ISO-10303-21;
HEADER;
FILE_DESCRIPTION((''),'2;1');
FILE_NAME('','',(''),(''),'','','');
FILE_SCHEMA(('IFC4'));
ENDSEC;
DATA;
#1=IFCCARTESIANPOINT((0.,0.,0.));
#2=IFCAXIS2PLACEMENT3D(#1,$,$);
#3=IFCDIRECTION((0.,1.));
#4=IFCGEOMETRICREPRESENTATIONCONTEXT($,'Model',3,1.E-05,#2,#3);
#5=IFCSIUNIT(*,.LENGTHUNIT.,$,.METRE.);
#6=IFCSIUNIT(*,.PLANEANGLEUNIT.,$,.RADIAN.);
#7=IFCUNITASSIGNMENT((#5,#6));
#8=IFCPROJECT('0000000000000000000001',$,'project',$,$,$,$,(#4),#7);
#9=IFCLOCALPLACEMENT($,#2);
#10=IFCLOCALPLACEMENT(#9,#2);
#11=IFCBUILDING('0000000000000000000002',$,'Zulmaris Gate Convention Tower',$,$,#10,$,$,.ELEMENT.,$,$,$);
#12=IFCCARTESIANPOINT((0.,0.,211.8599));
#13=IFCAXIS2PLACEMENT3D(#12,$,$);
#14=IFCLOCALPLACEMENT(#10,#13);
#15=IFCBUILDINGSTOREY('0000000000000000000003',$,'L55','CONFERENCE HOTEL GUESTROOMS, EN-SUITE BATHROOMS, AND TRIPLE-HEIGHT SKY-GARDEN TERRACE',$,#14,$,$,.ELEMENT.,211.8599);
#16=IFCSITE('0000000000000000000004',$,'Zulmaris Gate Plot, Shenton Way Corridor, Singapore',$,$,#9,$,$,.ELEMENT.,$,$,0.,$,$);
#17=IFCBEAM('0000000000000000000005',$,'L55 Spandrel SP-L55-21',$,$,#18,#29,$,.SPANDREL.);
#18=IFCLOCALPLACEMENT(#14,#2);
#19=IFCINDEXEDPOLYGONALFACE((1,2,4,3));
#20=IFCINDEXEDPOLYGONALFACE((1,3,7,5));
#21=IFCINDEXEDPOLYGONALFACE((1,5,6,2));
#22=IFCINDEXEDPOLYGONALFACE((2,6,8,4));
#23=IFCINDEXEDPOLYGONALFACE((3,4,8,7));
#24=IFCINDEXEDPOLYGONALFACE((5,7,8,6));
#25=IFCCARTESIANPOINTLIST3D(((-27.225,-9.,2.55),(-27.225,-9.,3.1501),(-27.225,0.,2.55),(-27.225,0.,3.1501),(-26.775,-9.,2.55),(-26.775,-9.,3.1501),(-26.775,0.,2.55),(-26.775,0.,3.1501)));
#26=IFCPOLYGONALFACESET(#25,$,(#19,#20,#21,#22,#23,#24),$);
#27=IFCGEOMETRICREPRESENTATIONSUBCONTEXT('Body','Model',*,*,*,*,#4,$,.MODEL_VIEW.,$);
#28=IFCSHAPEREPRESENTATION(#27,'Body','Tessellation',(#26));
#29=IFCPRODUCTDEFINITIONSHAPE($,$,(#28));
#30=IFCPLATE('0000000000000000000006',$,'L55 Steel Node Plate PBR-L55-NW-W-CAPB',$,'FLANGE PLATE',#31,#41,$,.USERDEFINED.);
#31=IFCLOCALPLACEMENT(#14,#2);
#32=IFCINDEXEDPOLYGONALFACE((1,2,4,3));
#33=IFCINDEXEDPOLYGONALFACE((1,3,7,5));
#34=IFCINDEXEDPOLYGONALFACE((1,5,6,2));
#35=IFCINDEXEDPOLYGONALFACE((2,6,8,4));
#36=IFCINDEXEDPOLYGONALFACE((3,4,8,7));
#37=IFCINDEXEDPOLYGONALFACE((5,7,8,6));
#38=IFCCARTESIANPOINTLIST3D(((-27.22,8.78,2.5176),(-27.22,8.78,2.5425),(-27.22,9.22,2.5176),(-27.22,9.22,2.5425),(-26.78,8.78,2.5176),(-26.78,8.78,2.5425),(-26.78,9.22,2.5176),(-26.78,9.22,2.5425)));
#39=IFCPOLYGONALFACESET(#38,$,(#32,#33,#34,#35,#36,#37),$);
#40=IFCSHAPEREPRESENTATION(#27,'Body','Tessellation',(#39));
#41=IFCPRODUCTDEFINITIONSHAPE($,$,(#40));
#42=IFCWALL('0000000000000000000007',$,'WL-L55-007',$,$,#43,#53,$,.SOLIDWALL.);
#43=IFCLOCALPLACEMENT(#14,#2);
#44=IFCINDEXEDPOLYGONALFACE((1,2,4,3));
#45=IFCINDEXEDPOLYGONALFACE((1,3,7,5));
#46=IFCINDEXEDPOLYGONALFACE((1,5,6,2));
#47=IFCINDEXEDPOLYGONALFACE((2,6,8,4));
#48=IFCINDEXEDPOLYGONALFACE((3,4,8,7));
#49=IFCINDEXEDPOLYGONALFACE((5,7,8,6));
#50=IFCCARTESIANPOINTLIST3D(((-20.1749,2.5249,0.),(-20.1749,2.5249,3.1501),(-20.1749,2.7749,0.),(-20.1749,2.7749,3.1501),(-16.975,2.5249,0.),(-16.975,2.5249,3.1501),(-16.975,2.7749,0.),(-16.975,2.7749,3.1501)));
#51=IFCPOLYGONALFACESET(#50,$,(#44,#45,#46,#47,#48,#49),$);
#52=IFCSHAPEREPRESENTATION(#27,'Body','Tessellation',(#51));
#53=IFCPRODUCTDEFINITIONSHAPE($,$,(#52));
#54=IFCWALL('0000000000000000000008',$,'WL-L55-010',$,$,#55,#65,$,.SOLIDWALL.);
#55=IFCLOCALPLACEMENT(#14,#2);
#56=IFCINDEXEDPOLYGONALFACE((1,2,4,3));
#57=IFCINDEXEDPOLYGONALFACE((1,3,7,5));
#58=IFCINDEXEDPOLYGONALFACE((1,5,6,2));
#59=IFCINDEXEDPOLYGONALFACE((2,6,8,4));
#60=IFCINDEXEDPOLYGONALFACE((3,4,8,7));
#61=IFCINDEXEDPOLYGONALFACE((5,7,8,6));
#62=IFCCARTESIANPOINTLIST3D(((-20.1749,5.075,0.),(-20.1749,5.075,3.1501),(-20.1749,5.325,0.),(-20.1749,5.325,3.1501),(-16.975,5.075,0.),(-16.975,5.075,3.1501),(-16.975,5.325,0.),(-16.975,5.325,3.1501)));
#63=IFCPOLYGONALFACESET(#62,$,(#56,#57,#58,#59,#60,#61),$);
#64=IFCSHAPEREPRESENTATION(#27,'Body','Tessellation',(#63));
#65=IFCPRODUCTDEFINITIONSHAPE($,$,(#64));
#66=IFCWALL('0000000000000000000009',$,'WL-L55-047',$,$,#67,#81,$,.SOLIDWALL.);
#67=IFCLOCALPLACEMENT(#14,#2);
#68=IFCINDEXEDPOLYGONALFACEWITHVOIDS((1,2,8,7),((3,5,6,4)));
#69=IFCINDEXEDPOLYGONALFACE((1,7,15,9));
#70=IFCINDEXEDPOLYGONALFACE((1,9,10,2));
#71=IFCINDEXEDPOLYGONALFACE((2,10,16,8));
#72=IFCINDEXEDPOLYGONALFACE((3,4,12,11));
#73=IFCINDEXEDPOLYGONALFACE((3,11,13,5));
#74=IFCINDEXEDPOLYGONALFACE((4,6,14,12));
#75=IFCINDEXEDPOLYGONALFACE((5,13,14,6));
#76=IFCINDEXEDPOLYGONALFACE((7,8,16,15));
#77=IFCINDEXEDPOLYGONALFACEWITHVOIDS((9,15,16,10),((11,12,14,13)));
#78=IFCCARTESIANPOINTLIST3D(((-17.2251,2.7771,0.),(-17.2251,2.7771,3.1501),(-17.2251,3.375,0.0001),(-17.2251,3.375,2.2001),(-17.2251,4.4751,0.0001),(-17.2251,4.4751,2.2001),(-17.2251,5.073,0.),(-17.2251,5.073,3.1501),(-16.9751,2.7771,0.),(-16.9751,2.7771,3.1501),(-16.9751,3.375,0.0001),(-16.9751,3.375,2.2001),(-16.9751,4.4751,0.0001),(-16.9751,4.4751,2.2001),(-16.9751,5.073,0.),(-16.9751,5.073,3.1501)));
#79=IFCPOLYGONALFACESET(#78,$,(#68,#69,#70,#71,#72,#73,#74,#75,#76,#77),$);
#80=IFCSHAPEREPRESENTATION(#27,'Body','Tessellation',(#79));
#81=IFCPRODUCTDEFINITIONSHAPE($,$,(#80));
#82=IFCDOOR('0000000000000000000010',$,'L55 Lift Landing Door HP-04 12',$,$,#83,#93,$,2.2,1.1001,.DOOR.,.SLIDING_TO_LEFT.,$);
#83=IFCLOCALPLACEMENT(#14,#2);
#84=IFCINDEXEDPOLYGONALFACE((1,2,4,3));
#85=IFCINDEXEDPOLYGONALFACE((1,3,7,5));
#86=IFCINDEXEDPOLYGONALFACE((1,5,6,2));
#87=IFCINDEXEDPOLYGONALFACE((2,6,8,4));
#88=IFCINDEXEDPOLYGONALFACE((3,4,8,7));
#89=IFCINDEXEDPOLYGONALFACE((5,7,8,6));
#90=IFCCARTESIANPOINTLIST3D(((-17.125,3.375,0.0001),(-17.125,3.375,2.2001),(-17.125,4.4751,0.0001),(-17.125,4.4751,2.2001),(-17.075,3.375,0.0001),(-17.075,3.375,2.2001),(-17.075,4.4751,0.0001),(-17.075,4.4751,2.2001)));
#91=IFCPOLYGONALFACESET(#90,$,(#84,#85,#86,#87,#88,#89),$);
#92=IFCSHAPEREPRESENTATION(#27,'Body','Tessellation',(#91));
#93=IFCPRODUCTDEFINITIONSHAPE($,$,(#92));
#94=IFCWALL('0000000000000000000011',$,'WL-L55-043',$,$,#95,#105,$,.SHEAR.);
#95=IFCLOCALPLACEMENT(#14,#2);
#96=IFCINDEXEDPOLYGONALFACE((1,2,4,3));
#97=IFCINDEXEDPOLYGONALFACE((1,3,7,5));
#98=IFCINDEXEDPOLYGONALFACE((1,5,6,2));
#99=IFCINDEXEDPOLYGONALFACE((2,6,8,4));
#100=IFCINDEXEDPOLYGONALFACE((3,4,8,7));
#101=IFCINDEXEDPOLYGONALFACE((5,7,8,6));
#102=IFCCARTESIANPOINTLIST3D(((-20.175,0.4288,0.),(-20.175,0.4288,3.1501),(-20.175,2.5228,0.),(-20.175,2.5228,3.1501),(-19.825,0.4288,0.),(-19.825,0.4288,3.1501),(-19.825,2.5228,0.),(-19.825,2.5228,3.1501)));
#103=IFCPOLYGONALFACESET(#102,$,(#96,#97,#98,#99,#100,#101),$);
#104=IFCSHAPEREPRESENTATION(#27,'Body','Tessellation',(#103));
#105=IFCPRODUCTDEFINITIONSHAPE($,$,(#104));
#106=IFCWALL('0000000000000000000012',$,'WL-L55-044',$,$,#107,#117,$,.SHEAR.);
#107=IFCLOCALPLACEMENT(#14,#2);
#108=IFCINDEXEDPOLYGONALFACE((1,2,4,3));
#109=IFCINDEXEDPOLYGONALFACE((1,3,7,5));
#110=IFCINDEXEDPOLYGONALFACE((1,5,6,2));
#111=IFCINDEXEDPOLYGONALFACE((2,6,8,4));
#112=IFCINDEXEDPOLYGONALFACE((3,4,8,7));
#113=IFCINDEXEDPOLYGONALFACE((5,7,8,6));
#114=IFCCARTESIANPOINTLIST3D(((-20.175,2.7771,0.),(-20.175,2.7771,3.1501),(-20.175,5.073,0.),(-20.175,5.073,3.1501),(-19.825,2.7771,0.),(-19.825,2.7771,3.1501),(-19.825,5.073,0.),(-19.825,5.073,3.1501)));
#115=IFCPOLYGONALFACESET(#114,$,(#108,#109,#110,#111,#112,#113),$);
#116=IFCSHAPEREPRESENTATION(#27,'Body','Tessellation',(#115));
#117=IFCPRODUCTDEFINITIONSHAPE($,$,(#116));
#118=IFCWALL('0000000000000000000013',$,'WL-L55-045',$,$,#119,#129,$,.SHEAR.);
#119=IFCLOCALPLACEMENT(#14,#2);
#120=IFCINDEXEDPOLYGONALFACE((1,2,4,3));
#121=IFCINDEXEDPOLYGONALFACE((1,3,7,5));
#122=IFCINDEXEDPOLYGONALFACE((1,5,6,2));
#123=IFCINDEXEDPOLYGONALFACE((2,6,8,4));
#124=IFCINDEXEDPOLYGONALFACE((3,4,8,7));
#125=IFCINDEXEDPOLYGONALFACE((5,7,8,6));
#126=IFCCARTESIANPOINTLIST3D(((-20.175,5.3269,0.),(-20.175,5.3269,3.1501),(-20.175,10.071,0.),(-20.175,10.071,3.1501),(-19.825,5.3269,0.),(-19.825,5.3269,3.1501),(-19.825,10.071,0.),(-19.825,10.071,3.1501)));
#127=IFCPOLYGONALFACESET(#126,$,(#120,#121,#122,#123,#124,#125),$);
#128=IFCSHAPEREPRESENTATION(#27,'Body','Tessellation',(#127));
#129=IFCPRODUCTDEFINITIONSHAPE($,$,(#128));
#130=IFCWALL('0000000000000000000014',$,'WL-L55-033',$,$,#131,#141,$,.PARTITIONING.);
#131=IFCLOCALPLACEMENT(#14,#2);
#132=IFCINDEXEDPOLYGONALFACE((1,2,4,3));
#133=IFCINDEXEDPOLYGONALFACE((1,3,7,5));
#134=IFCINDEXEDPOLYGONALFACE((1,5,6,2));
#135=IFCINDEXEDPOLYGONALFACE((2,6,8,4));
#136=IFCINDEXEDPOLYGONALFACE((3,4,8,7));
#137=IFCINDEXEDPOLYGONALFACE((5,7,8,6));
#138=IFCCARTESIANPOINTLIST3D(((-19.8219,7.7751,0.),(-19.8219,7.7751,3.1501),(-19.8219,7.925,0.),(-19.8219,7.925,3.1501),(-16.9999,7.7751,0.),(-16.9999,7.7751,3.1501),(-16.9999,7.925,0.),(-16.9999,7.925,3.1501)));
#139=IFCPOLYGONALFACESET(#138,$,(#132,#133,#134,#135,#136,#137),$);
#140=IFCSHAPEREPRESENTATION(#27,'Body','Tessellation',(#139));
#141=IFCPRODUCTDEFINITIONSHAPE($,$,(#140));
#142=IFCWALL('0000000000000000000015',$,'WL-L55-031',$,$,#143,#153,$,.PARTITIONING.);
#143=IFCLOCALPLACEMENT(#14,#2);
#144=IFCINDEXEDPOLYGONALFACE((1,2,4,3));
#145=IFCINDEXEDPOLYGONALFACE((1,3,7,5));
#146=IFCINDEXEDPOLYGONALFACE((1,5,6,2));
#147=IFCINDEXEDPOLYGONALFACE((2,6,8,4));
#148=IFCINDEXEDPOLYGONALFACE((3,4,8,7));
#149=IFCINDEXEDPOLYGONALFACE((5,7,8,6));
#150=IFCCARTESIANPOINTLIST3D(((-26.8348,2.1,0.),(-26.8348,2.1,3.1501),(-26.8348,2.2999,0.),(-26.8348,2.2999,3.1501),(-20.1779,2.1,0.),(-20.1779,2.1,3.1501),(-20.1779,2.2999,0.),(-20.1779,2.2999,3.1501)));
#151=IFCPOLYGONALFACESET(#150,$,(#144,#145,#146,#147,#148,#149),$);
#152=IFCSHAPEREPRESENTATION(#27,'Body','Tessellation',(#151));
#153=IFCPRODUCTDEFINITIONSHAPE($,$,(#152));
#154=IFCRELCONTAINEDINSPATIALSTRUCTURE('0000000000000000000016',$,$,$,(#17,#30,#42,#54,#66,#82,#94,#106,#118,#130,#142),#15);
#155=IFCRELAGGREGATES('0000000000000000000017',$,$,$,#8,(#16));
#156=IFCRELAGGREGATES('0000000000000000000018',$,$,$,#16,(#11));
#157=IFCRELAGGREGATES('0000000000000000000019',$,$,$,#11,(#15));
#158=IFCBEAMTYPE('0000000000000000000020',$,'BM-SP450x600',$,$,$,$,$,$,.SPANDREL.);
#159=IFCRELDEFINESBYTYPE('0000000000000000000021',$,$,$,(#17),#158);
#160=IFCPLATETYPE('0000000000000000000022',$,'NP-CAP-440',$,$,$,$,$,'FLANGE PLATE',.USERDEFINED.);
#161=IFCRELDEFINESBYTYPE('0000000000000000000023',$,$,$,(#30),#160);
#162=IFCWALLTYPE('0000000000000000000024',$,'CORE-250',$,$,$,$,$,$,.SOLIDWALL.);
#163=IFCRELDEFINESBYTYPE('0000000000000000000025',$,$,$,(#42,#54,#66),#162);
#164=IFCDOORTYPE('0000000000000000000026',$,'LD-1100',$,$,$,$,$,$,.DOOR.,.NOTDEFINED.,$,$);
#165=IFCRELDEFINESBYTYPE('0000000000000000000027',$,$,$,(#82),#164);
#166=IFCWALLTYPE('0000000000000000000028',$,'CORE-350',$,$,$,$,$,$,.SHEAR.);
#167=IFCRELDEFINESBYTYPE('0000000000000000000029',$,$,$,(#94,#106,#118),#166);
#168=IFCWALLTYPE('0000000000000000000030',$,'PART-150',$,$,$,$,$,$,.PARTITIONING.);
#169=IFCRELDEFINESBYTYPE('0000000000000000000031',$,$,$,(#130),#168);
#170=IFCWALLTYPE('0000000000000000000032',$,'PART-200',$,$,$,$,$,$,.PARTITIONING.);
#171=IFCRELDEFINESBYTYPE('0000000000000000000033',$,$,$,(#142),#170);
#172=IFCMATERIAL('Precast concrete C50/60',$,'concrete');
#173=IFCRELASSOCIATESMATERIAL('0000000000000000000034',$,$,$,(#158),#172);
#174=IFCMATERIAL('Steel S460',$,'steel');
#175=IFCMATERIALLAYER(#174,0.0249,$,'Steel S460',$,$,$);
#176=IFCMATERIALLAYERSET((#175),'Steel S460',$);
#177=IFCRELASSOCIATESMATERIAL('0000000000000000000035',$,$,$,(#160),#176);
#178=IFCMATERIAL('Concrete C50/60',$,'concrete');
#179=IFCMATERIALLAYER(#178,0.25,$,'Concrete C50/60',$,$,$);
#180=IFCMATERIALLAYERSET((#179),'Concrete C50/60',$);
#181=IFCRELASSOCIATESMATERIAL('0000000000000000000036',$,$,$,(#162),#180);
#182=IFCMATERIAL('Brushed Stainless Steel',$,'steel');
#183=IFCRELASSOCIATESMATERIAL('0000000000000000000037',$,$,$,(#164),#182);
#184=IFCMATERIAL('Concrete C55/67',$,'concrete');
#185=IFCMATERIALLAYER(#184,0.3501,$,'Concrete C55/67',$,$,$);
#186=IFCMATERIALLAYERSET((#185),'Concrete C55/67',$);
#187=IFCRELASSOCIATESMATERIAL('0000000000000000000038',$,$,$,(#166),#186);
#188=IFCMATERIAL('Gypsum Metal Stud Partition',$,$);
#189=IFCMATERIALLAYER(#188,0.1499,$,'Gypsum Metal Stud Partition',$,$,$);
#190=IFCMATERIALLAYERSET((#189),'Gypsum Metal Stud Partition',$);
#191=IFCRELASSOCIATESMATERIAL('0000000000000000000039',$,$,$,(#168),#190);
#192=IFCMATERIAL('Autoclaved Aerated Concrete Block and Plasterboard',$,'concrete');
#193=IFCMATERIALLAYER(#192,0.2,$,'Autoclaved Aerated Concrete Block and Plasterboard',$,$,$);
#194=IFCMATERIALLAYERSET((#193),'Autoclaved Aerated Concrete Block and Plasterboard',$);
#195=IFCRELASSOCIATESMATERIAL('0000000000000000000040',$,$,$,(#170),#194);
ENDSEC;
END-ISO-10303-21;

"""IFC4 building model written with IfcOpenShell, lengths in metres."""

from ifc_helpers import new_model, si_unit, direction, frame, frame_2d, origin, origin_2d, place, context, subcontext, project, spatial, rectangle, extrude, material, layer, layer_set, material_profile, profile_set, type_object, element, fill, save


model = new_model("IFC4")

# Units and contexts
model_context = context("Model", 3, precision=1e-05, world=origin(), true_north=direction((0.0, 1.0)))
body_context = subcontext(model_context, "Body", "Model", "MODEL_VIEW")
ifc_project = project(units=[si_unit("LENGTHUNIT", "METRE"), si_unit("PLANEANGLEUNIT", "RADIAN")], contexts=[model_context])

# Site, building, storey
site_placement = place(None, origin())
site = spatial("IfcSite", under=ifc_project, at=site_placement, Name="Zulmaris Gate Plot, Shenton Way Corridor, Singapore", CompositionType="ELEMENT", RefElevation=0.0)
building_placement = place(site_placement, origin())
building = spatial("IfcBuilding", under=site, at=building_placement, Name="Zulmaris Gate Convention Tower", CompositionType="ELEMENT")
storey_placement = place(building_placement, frame((0.0, 0.0, 211.8599)))
storey = spatial("IfcBuildingStorey", under=building, at=storey_placement, Name="L55", Description="CONFERENCE HOTEL GUESTROOMS, EN-SUITE BATHROOMS, AND TRIPLE-HEIGHT SKY-GARDEN TERRACE", CompositionType="ELEMENT", Elevation=211.8599)

# Beam
ifc_material_1 = material(Name="Concrete C50/60", Category="concrete")
ifc_material_2 = material(Name="Precast concrete C50/60", Category="concrete")
ifc_material_profile_1 = material_profile(ifc_material_2, rectangle(XDim=0.45, YDim=0.6001, at=origin_2d()), Name="RC SPANDREL 450x600")
ifc_profile_set_1 = profile_set([ifc_material_profile_1], Name="Precast concrete C50/60")
beam_type_1 = type_object("IfcBeamType", Name="BM-SP450x600", PredefinedType="SPANDREL", material=ifc_profile_set_1)
for number, where, z_axis, x_axis, name in (
    (1, (-27.0, 0.0, 2.8501), (0.0, -1.0, 0.0), (1.0, 0.0, 0.0), "L55 Spandrel SP-L55-21"),
):
    element("IfcBeam", number, at=place(storey_placement, frame(where, z_axis=z_axis, x_axis=x_axis)), inside=storey, type_object=beam_type_1, Name=name, PredefinedType="SPANDREL", context=body_context, shape_type="SweptSolid", body=[
        extrude(rectangle(XDim=0.45, YDim=0.6001, at=origin_2d()), origin(), (0.0, 0.0, 1.0), 9.0),
    ])

# Plate
ifc_material_3 = material(Name="Steel S460", Category="steel")
ifc_layer_1 = layer(ifc_material_3, 0.0249, Name="Steel S460")
ifc_layer_set_1 = layer_set([ifc_layer_1], Name="Steel S460")
plate_type = type_object("IfcPlateType", Name="NP-CAP-440", ElementType="FLANGE PLATE", PredefinedType="USERDEFINED", material=ifc_layer_set_1)
plate_placement = place(storey_placement, frame((-27.0, 9.0, 2.5176), z_axis=(0.0, 0.0, 1.0), x_axis=(1.0, 0.0, 0.0)))
element("IfcPlate", 2, at=plate_placement, inside=storey, type_object=plate_type, Name="L55 Steel Node Plate PBR-L55-NW-W-CAPB", ObjectType="FLANGE PLATE", PredefinedType="USERDEFINED", context=body_context, shape_type="SweptSolid", body=[
    extrude(rectangle(XDim=0.4399, YDim=0.4399, at=origin_2d()), origin(), (0.0, 0.0, 1.0), 0.0249),
])

# Walls
ifc_layer_2 = layer(ifc_material_1, 0.25, Name="Concrete C50/60")
ifc_layer_set_2 = layer_set([ifc_layer_2], Name="Concrete C50/60")
wall_type_1 = type_object("IfcWallType", Name="CORE-250", PredefinedType="SOLIDWALL", material=ifc_layer_set_2)
for number, where, z_axis, x_axis, name in (
    (3, (-20.175, 2.6499, 0.0), (0.0, 0.0, 1.0), (1.0, 0.0, 0.0), "WL-L55-007"),
    (4, (-20.175, 5.2, 0.0), (0.0, 0.0, 1.0), (1.0, 0.0, 0.0), "WL-L55-010"),
):
    element("IfcWall", number, at=place(storey_placement, frame(where, z_axis=z_axis, x_axis=x_axis)), inside=storey, type_object=wall_type_1, Name=name, PredefinedType="SOLIDWALL", context=body_context, shape_type="SweptSolid", body=[
        extrude(rectangle(XDim=3.2, YDim=0.25, at=frame_2d((1.6001, 0.0))), origin(), (0.0, 0.0, 1.0), 3.1501),
    ])

# Wall, opening, door
wall_1_placement = place(storey_placement, frame((-17.1001, 2.7771, 0.0), z_axis=(0.0, 0.0, 1.0), x_axis=(0.0, 1.0, 0.0)))
wall_1 = element("IfcWall", 5, at=wall_1_placement, inside=storey, type_object=wall_type_1, Name="WL-L55-047", PredefinedType="SOLIDWALL", context=body_context, shape_type="SweptSolid", body=[
    extrude(rectangle(XDim=2.2959, YDim=0.25, at=frame_2d((1.1479, 0.0))), origin(), (0.0, 0.0, 1.0), 3.1501),
])
opening_1_placement = place(wall_1_placement, frame((0.5979, 0.0, 0.0)))
opening_1 = element("IfcOpeningElement", 6, at=opening_1_placement, cuts=wall_1, PredefinedType="OPENING", context=body_context, shape_type="SweptSolid", body=[
    extrude(rectangle(XDim=1.1001, YDim=2.2, at=frame_2d((0.55, 1.1001))), frame((0.0, 0.135, 0.0), z_axis=(0.0, -1.0, 0.0), x_axis=(1.0, 0.0, 0.0)), (0.0, 0.0, 1.0), 0.27),
])
ifc_material_4 = material(Name="Brushed Stainless Steel", Category="steel")
door_type_1 = type_object("IfcDoorType", Name="LD-1100", OperationType="NOTDEFINED", PredefinedType="DOOR", material=ifc_material_4)
door_1_placement = place(opening_1_placement, origin())
door_1 = element("IfcDoor", 7, at=door_1_placement, inside=storey, type_object=door_type_1, Name="L55 Lift Landing Door HP-04 12", OperationType="SLIDING_TO_LEFT", OverallHeight=2.2, OverallWidth=1.1001, PredefinedType="DOOR", context=body_context, shape_type="SweptSolid", body=[
    extrude(rectangle(XDim=1.1001, YDim=2.2, at=frame_2d((0.55, 1.1001))), frame((0.0, 0.0249, 0.0), z_axis=(0.0, -1.0, 0.0), x_axis=(1.0, 0.0, 0.0)), (0.0, 0.0, 1.0), 0.05),
])
fill(opening_1, door_1)

# Walls
ifc_material_5 = material(Name="Concrete C55/67", Category="concrete")
ifc_layer_3 = layer(ifc_material_5, 0.3501, Name="Concrete C55/67")
ifc_layer_set_3 = layer_set([ifc_layer_3], Name="Concrete C55/67")
wall_type_2 = type_object("IfcWallType", Name="CORE-350", PredefinedType="SHEAR", material=ifc_layer_set_3)
wall_2_placement = place(storey_placement, frame((-20.0, 0.429, 0.0), z_axis=(0.0, 0.0, 1.0), x_axis=(0.0, 1.0, 0.0)))
element("IfcWall", 8, at=wall_2_placement, inside=storey, type_object=wall_type_2, Name="WL-L55-043", PredefinedType="SHEAR", context=body_context, shape_type="SweptSolid", body=[
    extrude(rectangle(XDim=2.094, YDim=0.3501, at=frame_2d((1.0469, 0.0))), origin(), (0.0, 0.0, 1.0), 3.1501),
])
wall_3_placement = place(storey_placement, frame((-20.0, 2.7771, 0.0), z_axis=(0.0, 0.0, 1.0), x_axis=(0.0, 1.0, 0.0)))
element("IfcWall", 9, at=wall_3_placement, inside=storey, type_object=wall_type_2, Name="WL-L55-044", PredefinedType="SHEAR", context=body_context, shape_type="SweptSolid", body=[
    extrude(rectangle(XDim=2.2959, YDim=0.3501, at=frame_2d((1.1479, 0.0))), origin(), (0.0, 0.0, 1.0), 3.1501),
])
wall_4_placement = place(storey_placement, frame((-20.0, 5.3269, 0.0), z_axis=(0.0, 0.0, 1.0), x_axis=(0.0, 1.0, 0.0)))
element("IfcWall", 10, at=wall_4_placement, inside=storey, type_object=wall_type_2, Name="WL-L55-045", PredefinedType="SHEAR", context=body_context, shape_type="SweptSolid", body=[
    extrude(rectangle(XDim=4.7441, YDim=0.3501, at=frame_2d((2.3721, 0.0))), origin(), (0.0, 0.0, 1.0), 3.1501),
])
ifc_material_6 = material(Name="Gypsum Metal Stud Partition")
ifc_layer_4 = layer(ifc_material_6, 0.1499, Name="Gypsum Metal Stud Partition")
ifc_layer_set_4 = layer_set([ifc_layer_4], Name="Gypsum Metal Stud Partition")
wall_type_3 = type_object("IfcWallType", Name="PART-150", PredefinedType="PARTITIONING", material=ifc_layer_set_4)
wall_5_placement = place(storey_placement, frame((-19.822, 7.8501, 0.0), z_axis=(0.0, 0.0, 1.0), x_axis=(1.0, 0.0, 0.0)))
element("IfcWall", 11, at=wall_5_placement, inside=storey, type_object=wall_type_3, Name="WL-L55-033", PredefinedType="PARTITIONING", context=body_context, shape_type="SweptSolid", body=[
    extrude(rectangle(XDim=2.822, YDim=0.1499, at=frame_2d((1.4111, 0.0))), origin(), (0.0, 0.0, 1.0), 3.1501),
])
ifc_material_7 = material(Name="Autoclaved Aerated Concrete Block and Plasterboard", Category="concrete")
ifc_layer_5 = layer(ifc_material_7, 0.2, Name="Autoclaved Aerated Concrete Block and Plasterboard")
ifc_layer_set_5 = layer_set([ifc_layer_5], Name="Autoclaved Aerated Concrete Block and Plasterboard")
wall_type_4 = type_object("IfcWallType", Name="PART-200", PredefinedType="PARTITIONING", material=ifc_layer_set_5)
wall_6_placement = place(storey_placement, frame((-26.835, 2.2, 0.0), z_axis=(0.0, 0.0, 1.0), x_axis=(1.0, 0.0, 0.0)))
element("IfcWall", 12, at=wall_6_placement, inside=storey, type_object=wall_type_4, Name="WL-L55-031", PredefinedType="PARTITIONING", context=body_context, shape_type="SweptSolid", body=[
    extrude(rectangle(XDim=6.657, YDim=0.2, at=frame_2d((3.3286, 0.0))), origin(), (0.0, 0.0, 1.0), 3.1501),
])

save(model, "model.ifc")
